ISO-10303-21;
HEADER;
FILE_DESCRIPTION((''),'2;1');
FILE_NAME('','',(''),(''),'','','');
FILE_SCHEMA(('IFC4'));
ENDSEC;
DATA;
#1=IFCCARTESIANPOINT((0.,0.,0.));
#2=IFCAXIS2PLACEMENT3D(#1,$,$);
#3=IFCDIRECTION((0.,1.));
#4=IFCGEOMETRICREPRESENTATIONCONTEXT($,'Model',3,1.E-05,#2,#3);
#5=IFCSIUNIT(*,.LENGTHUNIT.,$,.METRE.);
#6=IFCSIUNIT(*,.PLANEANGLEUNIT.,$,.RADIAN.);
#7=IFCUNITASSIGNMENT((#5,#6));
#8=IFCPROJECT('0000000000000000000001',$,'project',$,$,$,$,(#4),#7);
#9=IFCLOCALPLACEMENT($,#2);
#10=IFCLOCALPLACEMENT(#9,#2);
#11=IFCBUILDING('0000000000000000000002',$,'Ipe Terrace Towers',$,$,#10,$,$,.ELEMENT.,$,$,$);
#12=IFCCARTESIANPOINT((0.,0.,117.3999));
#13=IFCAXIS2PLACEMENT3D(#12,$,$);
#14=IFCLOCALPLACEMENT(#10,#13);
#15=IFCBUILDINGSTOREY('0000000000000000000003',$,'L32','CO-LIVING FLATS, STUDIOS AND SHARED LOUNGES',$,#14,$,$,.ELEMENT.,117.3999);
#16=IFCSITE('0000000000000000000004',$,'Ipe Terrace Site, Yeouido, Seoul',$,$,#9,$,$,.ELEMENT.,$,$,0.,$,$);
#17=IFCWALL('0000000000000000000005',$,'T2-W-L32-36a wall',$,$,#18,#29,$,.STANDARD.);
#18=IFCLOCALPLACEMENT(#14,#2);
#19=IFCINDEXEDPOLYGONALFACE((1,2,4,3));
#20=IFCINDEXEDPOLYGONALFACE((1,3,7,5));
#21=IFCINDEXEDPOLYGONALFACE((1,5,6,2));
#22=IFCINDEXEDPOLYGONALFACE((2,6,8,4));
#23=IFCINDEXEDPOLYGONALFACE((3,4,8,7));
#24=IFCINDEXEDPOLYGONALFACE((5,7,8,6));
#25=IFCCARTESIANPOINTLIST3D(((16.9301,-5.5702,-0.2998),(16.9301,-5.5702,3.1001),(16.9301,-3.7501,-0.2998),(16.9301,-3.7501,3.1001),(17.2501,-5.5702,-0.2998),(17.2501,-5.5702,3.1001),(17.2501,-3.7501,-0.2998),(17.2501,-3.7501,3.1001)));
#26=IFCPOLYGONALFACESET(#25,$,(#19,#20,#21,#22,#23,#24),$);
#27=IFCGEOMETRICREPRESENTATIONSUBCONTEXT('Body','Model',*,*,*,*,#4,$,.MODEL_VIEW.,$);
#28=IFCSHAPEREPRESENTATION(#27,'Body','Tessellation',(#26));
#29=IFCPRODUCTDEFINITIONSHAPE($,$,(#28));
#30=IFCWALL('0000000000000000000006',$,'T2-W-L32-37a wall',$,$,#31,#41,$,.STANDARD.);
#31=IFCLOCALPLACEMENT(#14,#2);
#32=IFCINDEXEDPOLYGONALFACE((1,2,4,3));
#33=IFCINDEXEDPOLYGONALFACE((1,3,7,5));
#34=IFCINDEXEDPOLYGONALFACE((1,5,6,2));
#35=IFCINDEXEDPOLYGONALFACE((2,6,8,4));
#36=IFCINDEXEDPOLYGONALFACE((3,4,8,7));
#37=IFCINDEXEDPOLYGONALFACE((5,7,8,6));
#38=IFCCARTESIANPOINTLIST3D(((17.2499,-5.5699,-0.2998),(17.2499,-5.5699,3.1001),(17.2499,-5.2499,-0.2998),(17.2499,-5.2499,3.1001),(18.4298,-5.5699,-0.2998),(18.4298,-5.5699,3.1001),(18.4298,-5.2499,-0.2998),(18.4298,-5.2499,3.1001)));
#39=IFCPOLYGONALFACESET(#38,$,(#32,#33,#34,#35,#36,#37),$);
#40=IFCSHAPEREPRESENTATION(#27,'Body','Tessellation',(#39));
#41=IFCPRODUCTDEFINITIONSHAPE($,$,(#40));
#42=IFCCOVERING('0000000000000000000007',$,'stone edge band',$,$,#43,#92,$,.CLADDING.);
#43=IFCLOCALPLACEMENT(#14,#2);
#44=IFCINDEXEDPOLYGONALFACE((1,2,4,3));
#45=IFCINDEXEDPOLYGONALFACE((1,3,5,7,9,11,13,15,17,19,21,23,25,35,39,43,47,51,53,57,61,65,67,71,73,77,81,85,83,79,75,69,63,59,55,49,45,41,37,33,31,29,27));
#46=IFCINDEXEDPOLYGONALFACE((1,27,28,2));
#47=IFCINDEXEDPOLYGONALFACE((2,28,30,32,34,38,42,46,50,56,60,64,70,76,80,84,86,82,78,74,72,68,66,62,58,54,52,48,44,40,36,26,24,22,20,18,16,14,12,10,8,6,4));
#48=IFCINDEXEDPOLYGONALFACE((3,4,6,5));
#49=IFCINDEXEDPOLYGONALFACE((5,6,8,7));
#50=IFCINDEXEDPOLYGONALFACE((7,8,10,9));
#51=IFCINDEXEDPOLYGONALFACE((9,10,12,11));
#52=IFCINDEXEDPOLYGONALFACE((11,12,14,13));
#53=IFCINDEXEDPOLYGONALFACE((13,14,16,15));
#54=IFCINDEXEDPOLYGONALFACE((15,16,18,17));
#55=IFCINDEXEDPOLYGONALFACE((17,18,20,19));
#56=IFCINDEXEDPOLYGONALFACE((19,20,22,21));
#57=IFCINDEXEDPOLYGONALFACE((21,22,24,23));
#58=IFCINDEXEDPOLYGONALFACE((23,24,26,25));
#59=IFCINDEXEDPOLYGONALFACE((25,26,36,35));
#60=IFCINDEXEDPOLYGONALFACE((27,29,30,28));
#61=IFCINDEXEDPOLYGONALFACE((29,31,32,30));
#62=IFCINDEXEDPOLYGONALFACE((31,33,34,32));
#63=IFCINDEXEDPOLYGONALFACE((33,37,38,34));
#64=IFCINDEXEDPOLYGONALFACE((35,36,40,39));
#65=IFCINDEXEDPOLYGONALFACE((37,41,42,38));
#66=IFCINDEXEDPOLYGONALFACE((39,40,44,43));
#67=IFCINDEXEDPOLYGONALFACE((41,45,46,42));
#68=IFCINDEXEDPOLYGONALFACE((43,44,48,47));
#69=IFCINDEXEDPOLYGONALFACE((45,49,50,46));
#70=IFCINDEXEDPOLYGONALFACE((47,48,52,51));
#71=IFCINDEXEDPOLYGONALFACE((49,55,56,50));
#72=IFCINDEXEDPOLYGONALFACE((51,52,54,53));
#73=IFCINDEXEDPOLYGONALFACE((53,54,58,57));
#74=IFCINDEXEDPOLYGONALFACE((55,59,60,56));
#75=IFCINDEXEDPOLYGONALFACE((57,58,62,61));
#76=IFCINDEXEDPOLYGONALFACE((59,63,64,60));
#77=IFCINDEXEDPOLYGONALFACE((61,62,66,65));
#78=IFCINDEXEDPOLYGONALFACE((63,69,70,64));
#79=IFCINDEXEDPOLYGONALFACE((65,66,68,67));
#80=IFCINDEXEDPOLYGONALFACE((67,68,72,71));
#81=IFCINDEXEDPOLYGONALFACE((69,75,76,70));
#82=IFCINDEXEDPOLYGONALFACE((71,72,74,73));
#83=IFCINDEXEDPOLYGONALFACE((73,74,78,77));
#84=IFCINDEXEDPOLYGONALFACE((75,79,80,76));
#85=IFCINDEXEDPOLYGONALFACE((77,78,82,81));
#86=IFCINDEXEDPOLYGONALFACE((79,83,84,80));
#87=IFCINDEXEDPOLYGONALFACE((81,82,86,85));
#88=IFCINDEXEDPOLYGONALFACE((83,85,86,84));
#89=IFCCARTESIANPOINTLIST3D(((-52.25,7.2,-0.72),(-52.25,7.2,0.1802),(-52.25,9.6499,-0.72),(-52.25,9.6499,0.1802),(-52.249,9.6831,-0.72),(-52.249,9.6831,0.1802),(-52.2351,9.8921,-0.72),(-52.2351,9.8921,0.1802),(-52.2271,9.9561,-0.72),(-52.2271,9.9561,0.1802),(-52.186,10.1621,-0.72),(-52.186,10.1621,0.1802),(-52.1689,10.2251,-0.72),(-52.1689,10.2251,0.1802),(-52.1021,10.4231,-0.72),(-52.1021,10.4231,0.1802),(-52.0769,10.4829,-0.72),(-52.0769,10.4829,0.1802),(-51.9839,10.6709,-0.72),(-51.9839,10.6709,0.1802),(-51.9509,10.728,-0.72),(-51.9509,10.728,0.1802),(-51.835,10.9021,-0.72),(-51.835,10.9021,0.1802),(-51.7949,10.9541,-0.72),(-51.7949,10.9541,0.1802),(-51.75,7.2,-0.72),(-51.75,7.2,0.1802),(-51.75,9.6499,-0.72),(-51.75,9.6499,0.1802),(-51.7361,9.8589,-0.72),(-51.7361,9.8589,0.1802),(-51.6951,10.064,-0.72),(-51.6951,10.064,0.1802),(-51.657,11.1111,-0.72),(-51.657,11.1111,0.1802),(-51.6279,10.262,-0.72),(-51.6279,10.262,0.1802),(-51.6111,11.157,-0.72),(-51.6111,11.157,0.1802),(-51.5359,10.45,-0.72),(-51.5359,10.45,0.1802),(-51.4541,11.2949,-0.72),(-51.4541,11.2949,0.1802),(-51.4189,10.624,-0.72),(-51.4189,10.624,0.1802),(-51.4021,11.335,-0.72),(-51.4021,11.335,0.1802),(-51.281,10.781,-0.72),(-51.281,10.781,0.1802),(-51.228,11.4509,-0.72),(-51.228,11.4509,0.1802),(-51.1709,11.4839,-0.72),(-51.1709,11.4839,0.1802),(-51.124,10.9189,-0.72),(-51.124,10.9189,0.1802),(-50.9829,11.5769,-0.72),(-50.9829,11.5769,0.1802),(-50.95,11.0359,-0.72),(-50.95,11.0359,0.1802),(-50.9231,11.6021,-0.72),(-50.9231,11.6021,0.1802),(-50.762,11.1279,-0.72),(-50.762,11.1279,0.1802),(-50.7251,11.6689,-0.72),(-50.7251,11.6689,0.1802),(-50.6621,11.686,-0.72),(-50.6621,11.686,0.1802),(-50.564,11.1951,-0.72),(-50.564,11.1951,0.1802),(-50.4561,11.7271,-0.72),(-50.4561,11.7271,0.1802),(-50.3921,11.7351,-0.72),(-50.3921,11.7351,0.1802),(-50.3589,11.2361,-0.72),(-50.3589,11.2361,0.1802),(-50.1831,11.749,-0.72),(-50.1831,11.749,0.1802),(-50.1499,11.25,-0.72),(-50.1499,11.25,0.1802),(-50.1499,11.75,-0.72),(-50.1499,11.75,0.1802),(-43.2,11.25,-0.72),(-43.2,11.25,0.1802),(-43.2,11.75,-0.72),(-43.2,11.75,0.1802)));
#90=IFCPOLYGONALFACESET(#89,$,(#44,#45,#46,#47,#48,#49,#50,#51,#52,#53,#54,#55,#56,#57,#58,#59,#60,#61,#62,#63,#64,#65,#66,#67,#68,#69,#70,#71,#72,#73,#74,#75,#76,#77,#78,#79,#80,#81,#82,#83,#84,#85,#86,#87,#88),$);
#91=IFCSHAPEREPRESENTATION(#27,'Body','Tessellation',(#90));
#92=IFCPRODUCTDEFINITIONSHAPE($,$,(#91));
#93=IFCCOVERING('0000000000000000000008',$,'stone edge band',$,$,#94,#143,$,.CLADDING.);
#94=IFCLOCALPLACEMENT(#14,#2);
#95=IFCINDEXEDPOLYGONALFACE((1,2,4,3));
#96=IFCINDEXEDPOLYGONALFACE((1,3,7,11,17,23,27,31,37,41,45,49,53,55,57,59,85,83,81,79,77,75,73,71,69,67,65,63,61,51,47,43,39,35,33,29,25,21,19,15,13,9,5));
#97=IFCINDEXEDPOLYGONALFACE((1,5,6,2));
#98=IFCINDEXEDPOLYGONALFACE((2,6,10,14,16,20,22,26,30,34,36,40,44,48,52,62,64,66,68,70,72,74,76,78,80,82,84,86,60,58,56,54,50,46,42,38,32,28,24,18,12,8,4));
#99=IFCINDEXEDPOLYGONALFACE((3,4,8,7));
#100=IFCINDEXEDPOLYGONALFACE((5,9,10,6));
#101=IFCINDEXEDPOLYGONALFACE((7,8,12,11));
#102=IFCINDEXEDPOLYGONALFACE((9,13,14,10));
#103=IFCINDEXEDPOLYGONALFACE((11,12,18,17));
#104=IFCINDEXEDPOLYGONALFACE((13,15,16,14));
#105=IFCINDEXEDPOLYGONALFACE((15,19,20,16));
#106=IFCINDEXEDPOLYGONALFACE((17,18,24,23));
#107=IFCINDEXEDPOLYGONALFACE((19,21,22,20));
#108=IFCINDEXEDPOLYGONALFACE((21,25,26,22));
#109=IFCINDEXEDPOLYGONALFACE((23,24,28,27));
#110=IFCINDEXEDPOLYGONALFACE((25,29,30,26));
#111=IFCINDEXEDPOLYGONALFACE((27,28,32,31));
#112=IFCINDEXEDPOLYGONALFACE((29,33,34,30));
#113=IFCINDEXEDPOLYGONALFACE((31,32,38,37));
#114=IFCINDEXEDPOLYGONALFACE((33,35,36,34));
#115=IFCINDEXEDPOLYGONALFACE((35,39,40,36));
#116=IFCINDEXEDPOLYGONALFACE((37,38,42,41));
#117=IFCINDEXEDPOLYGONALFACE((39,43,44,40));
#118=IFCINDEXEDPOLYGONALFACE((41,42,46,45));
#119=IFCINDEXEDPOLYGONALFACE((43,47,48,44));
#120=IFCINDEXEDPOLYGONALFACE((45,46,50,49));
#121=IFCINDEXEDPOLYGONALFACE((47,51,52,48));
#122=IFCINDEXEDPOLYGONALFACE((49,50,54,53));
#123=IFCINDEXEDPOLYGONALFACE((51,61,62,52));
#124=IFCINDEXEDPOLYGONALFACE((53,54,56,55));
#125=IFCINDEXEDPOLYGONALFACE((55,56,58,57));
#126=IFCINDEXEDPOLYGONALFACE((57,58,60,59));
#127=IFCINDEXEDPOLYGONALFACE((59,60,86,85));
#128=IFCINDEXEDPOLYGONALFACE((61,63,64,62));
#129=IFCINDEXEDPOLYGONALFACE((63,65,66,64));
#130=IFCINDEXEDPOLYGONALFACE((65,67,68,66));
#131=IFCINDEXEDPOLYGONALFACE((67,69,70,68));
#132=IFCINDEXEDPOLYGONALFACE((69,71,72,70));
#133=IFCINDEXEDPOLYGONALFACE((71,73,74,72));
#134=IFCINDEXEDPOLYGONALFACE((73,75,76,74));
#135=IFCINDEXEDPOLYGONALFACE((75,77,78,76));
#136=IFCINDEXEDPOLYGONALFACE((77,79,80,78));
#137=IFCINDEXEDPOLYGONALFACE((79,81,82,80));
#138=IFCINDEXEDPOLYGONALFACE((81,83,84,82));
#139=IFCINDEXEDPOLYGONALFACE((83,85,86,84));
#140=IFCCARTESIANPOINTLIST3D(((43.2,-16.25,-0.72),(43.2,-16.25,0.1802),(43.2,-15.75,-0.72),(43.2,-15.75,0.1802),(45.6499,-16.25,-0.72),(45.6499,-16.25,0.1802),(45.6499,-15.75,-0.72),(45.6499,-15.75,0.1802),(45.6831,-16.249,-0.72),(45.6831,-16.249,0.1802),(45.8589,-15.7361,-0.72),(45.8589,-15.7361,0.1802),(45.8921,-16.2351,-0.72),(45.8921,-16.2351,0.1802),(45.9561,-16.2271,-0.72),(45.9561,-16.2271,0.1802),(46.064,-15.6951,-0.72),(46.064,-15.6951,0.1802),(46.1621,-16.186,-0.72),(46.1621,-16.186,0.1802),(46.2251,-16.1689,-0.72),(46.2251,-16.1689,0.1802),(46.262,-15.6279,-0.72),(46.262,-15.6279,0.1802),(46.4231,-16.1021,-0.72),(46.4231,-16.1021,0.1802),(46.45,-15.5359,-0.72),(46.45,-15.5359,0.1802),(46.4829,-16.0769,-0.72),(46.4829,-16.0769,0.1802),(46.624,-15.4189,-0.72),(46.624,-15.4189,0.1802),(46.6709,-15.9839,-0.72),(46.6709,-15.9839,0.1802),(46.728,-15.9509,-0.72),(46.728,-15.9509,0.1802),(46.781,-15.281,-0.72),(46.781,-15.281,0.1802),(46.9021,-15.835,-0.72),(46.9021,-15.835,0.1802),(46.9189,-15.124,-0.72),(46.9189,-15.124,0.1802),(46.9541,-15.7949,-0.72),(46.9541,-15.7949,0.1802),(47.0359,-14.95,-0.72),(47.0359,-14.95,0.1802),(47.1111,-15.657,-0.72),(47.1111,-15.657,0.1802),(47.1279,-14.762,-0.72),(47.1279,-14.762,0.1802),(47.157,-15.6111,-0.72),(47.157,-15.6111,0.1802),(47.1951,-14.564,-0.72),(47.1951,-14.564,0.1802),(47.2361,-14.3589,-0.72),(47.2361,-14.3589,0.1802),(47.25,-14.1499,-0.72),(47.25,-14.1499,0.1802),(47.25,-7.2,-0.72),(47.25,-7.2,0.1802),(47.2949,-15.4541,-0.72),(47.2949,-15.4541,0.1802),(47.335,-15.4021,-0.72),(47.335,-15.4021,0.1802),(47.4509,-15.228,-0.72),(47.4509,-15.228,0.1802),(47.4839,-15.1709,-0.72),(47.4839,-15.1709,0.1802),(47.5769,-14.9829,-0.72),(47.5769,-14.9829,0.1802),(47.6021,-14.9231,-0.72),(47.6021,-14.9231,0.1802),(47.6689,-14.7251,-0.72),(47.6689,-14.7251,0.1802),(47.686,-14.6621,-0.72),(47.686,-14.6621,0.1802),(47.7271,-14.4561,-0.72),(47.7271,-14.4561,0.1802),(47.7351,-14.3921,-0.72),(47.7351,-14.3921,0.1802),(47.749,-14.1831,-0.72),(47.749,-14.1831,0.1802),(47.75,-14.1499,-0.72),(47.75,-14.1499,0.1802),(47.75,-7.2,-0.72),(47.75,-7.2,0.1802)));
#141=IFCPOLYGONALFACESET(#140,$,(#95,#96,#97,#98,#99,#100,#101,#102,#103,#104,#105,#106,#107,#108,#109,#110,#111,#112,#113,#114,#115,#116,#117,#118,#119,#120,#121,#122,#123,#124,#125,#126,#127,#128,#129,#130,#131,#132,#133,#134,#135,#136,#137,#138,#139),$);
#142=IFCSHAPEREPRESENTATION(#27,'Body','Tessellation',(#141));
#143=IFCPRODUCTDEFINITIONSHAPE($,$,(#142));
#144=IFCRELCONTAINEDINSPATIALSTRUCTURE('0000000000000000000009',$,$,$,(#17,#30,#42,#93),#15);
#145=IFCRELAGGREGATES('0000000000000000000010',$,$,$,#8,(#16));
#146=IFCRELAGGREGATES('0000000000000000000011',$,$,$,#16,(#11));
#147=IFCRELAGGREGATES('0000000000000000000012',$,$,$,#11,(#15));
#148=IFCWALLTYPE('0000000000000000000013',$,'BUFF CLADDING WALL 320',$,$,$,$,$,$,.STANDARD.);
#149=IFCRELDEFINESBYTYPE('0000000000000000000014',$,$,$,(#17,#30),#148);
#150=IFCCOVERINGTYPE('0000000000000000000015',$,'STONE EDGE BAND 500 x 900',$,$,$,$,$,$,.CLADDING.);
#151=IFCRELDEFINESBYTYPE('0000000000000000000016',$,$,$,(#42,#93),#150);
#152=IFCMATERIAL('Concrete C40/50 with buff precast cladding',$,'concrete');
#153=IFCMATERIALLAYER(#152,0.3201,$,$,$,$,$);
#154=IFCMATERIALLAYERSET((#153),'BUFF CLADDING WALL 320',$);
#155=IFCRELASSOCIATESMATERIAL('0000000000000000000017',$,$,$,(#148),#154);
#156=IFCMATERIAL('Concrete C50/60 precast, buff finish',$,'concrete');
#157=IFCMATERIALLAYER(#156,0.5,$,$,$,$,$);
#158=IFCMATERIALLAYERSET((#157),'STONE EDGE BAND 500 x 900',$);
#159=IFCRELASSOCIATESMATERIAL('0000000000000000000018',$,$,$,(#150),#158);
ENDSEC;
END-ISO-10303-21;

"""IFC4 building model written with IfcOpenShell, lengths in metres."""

from ifc_helpers import new_model, si_unit, direction, frame, frame_2d, origin, place, context, subcontext, project, spatial, polyline, rectangle, outline, extrude, material, layer, layer_set, type_object, element, save


model = new_model("IFC4")

# Units and contexts
model_context = context("Model", 3, precision=1e-05, world=origin(), true_north=direction((0.0, 1.0)))
body_context = subcontext(model_context, "Body", "Model", "MODEL_VIEW")
ifc_project = project(units=[si_unit("LENGTHUNIT", "METRE"), si_unit("PLANEANGLEUNIT", "RADIAN")], contexts=[model_context])

# Site, building, storey
site_placement = place(None, origin())
site = spatial("IfcSite", under=ifc_project, at=site_placement, Name="Ipe Terrace Site, Yeouido, Seoul", CompositionType="ELEMENT", RefElevation=0.0)
building_placement = place(site_placement, origin())
building = spatial("IfcBuilding", under=site, at=building_placement, Name="Ipe Terrace Towers", CompositionType="ELEMENT")
storey_placement = place(building_placement, frame((0.0, 0.0, 117.3999)))
storey = spatial("IfcBuildingStorey", under=building, at=storey_placement, Name="L32", Description="CO-LIVING FLATS, STUDIOS AND SHARED LOUNGES", CompositionType="ELEMENT", Elevation=117.3999)

# Walls
ifc_material_1 = material(Name="Concrete C40/50 with buff precast cladding", Category="concrete")
ifc_layer_1 = layer(ifc_material_1, 0.3201)
ifc_layer_set_1 = layer_set([ifc_layer_1], Name="BUFF CLADDING WALL 320")
wall_type = type_object("IfcWallType", Name="BUFF CLADDING WALL 320", PredefinedType="STANDARD", material=ifc_layer_set_1)
wall_1_placement = place(storey_placement, frame((17.0901, -3.75, -0.2998), z_axis=(0.0, 0.0, 1.0), x_axis=(0.0, -1.0, 0.0)))
element("IfcWall", 1, at=wall_1_placement, inside=storey, type_object=wall_type, Name="T2-W-L32-36a wall", PredefinedType="STANDARD", context=body_context, shape_type="SweptSolid", body=[
    extrude(rectangle(XDim=1.8201, YDim=0.3201, at=frame_2d((0.9102, 0.0))), origin(), (0.0, 0.0, 1.0), 3.3999),
])
wall_2_placement = place(storey_placement, frame((17.25, -5.4099, -0.2998), z_axis=(0.0, 0.0, 1.0), x_axis=(1.0, 0.0, 0.0)))
element("IfcWall", 2, at=wall_2_placement, inside=storey, type_object=wall_type, Name="T2-W-L32-37a wall", PredefinedType="STANDARD", context=body_context, shape_type="SweptSolid", body=[
    extrude(rectangle(XDim=1.1799, YDim=0.3201, at=frame_2d((0.5898, 0.0))), origin(), (0.0, 0.0, 1.0), 3.3999),
])

# Coverings
ifc_material_2 = material(Name="Concrete C50/60 precast, buff finish", Category="concrete")
ifc_layer_2 = layer(ifc_material_2, 0.5)
ifc_layer_set_2 = layer_set([ifc_layer_2], Name="STONE EDGE BAND 500 x 900")
covering_type = type_object("IfcCoveringType", Name="STONE EDGE BAND 500 x 900", PredefinedType="CLADDING", material=ifc_layer_set_2)
covering_1_placement = place(storey_placement, frame((0.0, 0.0, -0.72)))
element("IfcCovering", 3, at=covering_1_placement, inside=storey, type_object=covering_type, Name="stone edge band", PredefinedType="CLADDING", context=body_context, shape_type="SweptSolid", body=[
    extrude(outline(polyline([(-50.1499, 11.75), (-50.1831, 11.749), (-50.3921, 11.7351), (-50.4561, 11.7271), (-50.6621, 11.686), (-50.7251, 11.6689), (-50.9231, 11.6021), (-50.9829, 11.5769), (-51.1709, 11.4839), (-51.228, 11.4509), (-51.4021, 11.335), (-51.4541, 11.2949), (-51.6111, 11.157), (-51.657, 11.1111), (-51.7949, 10.9541), (-51.835, 10.9021), (-51.9509, 10.728), (-51.9839, 10.6709), (-52.0769, 10.4829), (-52.1021, 10.4231), (-52.1689, 10.2251), (-52.186, 10.1621), (-52.2271, 9.9561), (-52.2351, 9.8921), (-52.249, 9.6831), (-52.25, 9.6499), (-52.25, 7.2), (-51.75, 7.2), (-51.75, 9.6499), (-51.7361, 9.8589), (-51.6951, 10.064), (-51.6279, 10.262), (-51.5359, 10.45), (-51.4189, 10.624), (-51.281, 10.781), (-51.124, 10.9189), (-50.95, 11.0359), (-50.762, 11.1279), (-50.564, 11.1951), (-50.3589, 11.2361), (-50.1499, 11.25), (-43.2, 11.25), (-43.2, 11.75), (-50.1499, 11.75)])), origin(), (0.0, 0.0, 1.0), 0.9001),
])
covering_2_placement = place(storey_placement, frame((0.0, 0.0, -0.72)))
element("IfcCovering", 4, at=covering_2_placement, inside=storey, type_object=covering_type, Name="stone edge band", PredefinedType="CLADDING", context=body_context, shape_type="SweptSolid", body=[
    extrude(outline(polyline([(47.75, -14.1499), (47.75, -7.2), (47.25, -7.2), (47.25, -14.1499), (47.2361, -14.3589), (47.1951, -14.564), (47.1279, -14.762), (47.0359, -14.95), (46.9189, -15.124), (46.781, -15.281), (46.624, -15.4189), (46.45, -15.5359), (46.262, -15.6279), (46.064, -15.6951), (45.8589, -15.7361), (45.6499, -15.75), (43.2, -15.75), (43.2, -16.25), (45.6499, -16.25), (45.6831, -16.249), (45.8921, -16.2351), (45.9561, -16.2271), (46.1621, -16.186), (46.2251, -16.1689), (46.4231, -16.1021), (46.4829, -16.0769), (46.6709, -15.9839), (46.728, -15.9509), (46.9021, -15.835), (46.9541, -15.7949), (47.1111, -15.657), (47.157, -15.6111), (47.2949, -15.4541), (47.335, -15.4021), (47.4509, -15.228), (47.4839, -15.1709), (47.5769, -14.9829), (47.6021, -14.9231), (47.6689, -14.7251), (47.686, -14.6621), (47.7271, -14.4561), (47.7351, -14.3921), (47.749, -14.1831), (47.75, -14.1499)])), origin(), (0.0, 0.0, 1.0), 0.9001),
])

save(model, "model.ifc")
